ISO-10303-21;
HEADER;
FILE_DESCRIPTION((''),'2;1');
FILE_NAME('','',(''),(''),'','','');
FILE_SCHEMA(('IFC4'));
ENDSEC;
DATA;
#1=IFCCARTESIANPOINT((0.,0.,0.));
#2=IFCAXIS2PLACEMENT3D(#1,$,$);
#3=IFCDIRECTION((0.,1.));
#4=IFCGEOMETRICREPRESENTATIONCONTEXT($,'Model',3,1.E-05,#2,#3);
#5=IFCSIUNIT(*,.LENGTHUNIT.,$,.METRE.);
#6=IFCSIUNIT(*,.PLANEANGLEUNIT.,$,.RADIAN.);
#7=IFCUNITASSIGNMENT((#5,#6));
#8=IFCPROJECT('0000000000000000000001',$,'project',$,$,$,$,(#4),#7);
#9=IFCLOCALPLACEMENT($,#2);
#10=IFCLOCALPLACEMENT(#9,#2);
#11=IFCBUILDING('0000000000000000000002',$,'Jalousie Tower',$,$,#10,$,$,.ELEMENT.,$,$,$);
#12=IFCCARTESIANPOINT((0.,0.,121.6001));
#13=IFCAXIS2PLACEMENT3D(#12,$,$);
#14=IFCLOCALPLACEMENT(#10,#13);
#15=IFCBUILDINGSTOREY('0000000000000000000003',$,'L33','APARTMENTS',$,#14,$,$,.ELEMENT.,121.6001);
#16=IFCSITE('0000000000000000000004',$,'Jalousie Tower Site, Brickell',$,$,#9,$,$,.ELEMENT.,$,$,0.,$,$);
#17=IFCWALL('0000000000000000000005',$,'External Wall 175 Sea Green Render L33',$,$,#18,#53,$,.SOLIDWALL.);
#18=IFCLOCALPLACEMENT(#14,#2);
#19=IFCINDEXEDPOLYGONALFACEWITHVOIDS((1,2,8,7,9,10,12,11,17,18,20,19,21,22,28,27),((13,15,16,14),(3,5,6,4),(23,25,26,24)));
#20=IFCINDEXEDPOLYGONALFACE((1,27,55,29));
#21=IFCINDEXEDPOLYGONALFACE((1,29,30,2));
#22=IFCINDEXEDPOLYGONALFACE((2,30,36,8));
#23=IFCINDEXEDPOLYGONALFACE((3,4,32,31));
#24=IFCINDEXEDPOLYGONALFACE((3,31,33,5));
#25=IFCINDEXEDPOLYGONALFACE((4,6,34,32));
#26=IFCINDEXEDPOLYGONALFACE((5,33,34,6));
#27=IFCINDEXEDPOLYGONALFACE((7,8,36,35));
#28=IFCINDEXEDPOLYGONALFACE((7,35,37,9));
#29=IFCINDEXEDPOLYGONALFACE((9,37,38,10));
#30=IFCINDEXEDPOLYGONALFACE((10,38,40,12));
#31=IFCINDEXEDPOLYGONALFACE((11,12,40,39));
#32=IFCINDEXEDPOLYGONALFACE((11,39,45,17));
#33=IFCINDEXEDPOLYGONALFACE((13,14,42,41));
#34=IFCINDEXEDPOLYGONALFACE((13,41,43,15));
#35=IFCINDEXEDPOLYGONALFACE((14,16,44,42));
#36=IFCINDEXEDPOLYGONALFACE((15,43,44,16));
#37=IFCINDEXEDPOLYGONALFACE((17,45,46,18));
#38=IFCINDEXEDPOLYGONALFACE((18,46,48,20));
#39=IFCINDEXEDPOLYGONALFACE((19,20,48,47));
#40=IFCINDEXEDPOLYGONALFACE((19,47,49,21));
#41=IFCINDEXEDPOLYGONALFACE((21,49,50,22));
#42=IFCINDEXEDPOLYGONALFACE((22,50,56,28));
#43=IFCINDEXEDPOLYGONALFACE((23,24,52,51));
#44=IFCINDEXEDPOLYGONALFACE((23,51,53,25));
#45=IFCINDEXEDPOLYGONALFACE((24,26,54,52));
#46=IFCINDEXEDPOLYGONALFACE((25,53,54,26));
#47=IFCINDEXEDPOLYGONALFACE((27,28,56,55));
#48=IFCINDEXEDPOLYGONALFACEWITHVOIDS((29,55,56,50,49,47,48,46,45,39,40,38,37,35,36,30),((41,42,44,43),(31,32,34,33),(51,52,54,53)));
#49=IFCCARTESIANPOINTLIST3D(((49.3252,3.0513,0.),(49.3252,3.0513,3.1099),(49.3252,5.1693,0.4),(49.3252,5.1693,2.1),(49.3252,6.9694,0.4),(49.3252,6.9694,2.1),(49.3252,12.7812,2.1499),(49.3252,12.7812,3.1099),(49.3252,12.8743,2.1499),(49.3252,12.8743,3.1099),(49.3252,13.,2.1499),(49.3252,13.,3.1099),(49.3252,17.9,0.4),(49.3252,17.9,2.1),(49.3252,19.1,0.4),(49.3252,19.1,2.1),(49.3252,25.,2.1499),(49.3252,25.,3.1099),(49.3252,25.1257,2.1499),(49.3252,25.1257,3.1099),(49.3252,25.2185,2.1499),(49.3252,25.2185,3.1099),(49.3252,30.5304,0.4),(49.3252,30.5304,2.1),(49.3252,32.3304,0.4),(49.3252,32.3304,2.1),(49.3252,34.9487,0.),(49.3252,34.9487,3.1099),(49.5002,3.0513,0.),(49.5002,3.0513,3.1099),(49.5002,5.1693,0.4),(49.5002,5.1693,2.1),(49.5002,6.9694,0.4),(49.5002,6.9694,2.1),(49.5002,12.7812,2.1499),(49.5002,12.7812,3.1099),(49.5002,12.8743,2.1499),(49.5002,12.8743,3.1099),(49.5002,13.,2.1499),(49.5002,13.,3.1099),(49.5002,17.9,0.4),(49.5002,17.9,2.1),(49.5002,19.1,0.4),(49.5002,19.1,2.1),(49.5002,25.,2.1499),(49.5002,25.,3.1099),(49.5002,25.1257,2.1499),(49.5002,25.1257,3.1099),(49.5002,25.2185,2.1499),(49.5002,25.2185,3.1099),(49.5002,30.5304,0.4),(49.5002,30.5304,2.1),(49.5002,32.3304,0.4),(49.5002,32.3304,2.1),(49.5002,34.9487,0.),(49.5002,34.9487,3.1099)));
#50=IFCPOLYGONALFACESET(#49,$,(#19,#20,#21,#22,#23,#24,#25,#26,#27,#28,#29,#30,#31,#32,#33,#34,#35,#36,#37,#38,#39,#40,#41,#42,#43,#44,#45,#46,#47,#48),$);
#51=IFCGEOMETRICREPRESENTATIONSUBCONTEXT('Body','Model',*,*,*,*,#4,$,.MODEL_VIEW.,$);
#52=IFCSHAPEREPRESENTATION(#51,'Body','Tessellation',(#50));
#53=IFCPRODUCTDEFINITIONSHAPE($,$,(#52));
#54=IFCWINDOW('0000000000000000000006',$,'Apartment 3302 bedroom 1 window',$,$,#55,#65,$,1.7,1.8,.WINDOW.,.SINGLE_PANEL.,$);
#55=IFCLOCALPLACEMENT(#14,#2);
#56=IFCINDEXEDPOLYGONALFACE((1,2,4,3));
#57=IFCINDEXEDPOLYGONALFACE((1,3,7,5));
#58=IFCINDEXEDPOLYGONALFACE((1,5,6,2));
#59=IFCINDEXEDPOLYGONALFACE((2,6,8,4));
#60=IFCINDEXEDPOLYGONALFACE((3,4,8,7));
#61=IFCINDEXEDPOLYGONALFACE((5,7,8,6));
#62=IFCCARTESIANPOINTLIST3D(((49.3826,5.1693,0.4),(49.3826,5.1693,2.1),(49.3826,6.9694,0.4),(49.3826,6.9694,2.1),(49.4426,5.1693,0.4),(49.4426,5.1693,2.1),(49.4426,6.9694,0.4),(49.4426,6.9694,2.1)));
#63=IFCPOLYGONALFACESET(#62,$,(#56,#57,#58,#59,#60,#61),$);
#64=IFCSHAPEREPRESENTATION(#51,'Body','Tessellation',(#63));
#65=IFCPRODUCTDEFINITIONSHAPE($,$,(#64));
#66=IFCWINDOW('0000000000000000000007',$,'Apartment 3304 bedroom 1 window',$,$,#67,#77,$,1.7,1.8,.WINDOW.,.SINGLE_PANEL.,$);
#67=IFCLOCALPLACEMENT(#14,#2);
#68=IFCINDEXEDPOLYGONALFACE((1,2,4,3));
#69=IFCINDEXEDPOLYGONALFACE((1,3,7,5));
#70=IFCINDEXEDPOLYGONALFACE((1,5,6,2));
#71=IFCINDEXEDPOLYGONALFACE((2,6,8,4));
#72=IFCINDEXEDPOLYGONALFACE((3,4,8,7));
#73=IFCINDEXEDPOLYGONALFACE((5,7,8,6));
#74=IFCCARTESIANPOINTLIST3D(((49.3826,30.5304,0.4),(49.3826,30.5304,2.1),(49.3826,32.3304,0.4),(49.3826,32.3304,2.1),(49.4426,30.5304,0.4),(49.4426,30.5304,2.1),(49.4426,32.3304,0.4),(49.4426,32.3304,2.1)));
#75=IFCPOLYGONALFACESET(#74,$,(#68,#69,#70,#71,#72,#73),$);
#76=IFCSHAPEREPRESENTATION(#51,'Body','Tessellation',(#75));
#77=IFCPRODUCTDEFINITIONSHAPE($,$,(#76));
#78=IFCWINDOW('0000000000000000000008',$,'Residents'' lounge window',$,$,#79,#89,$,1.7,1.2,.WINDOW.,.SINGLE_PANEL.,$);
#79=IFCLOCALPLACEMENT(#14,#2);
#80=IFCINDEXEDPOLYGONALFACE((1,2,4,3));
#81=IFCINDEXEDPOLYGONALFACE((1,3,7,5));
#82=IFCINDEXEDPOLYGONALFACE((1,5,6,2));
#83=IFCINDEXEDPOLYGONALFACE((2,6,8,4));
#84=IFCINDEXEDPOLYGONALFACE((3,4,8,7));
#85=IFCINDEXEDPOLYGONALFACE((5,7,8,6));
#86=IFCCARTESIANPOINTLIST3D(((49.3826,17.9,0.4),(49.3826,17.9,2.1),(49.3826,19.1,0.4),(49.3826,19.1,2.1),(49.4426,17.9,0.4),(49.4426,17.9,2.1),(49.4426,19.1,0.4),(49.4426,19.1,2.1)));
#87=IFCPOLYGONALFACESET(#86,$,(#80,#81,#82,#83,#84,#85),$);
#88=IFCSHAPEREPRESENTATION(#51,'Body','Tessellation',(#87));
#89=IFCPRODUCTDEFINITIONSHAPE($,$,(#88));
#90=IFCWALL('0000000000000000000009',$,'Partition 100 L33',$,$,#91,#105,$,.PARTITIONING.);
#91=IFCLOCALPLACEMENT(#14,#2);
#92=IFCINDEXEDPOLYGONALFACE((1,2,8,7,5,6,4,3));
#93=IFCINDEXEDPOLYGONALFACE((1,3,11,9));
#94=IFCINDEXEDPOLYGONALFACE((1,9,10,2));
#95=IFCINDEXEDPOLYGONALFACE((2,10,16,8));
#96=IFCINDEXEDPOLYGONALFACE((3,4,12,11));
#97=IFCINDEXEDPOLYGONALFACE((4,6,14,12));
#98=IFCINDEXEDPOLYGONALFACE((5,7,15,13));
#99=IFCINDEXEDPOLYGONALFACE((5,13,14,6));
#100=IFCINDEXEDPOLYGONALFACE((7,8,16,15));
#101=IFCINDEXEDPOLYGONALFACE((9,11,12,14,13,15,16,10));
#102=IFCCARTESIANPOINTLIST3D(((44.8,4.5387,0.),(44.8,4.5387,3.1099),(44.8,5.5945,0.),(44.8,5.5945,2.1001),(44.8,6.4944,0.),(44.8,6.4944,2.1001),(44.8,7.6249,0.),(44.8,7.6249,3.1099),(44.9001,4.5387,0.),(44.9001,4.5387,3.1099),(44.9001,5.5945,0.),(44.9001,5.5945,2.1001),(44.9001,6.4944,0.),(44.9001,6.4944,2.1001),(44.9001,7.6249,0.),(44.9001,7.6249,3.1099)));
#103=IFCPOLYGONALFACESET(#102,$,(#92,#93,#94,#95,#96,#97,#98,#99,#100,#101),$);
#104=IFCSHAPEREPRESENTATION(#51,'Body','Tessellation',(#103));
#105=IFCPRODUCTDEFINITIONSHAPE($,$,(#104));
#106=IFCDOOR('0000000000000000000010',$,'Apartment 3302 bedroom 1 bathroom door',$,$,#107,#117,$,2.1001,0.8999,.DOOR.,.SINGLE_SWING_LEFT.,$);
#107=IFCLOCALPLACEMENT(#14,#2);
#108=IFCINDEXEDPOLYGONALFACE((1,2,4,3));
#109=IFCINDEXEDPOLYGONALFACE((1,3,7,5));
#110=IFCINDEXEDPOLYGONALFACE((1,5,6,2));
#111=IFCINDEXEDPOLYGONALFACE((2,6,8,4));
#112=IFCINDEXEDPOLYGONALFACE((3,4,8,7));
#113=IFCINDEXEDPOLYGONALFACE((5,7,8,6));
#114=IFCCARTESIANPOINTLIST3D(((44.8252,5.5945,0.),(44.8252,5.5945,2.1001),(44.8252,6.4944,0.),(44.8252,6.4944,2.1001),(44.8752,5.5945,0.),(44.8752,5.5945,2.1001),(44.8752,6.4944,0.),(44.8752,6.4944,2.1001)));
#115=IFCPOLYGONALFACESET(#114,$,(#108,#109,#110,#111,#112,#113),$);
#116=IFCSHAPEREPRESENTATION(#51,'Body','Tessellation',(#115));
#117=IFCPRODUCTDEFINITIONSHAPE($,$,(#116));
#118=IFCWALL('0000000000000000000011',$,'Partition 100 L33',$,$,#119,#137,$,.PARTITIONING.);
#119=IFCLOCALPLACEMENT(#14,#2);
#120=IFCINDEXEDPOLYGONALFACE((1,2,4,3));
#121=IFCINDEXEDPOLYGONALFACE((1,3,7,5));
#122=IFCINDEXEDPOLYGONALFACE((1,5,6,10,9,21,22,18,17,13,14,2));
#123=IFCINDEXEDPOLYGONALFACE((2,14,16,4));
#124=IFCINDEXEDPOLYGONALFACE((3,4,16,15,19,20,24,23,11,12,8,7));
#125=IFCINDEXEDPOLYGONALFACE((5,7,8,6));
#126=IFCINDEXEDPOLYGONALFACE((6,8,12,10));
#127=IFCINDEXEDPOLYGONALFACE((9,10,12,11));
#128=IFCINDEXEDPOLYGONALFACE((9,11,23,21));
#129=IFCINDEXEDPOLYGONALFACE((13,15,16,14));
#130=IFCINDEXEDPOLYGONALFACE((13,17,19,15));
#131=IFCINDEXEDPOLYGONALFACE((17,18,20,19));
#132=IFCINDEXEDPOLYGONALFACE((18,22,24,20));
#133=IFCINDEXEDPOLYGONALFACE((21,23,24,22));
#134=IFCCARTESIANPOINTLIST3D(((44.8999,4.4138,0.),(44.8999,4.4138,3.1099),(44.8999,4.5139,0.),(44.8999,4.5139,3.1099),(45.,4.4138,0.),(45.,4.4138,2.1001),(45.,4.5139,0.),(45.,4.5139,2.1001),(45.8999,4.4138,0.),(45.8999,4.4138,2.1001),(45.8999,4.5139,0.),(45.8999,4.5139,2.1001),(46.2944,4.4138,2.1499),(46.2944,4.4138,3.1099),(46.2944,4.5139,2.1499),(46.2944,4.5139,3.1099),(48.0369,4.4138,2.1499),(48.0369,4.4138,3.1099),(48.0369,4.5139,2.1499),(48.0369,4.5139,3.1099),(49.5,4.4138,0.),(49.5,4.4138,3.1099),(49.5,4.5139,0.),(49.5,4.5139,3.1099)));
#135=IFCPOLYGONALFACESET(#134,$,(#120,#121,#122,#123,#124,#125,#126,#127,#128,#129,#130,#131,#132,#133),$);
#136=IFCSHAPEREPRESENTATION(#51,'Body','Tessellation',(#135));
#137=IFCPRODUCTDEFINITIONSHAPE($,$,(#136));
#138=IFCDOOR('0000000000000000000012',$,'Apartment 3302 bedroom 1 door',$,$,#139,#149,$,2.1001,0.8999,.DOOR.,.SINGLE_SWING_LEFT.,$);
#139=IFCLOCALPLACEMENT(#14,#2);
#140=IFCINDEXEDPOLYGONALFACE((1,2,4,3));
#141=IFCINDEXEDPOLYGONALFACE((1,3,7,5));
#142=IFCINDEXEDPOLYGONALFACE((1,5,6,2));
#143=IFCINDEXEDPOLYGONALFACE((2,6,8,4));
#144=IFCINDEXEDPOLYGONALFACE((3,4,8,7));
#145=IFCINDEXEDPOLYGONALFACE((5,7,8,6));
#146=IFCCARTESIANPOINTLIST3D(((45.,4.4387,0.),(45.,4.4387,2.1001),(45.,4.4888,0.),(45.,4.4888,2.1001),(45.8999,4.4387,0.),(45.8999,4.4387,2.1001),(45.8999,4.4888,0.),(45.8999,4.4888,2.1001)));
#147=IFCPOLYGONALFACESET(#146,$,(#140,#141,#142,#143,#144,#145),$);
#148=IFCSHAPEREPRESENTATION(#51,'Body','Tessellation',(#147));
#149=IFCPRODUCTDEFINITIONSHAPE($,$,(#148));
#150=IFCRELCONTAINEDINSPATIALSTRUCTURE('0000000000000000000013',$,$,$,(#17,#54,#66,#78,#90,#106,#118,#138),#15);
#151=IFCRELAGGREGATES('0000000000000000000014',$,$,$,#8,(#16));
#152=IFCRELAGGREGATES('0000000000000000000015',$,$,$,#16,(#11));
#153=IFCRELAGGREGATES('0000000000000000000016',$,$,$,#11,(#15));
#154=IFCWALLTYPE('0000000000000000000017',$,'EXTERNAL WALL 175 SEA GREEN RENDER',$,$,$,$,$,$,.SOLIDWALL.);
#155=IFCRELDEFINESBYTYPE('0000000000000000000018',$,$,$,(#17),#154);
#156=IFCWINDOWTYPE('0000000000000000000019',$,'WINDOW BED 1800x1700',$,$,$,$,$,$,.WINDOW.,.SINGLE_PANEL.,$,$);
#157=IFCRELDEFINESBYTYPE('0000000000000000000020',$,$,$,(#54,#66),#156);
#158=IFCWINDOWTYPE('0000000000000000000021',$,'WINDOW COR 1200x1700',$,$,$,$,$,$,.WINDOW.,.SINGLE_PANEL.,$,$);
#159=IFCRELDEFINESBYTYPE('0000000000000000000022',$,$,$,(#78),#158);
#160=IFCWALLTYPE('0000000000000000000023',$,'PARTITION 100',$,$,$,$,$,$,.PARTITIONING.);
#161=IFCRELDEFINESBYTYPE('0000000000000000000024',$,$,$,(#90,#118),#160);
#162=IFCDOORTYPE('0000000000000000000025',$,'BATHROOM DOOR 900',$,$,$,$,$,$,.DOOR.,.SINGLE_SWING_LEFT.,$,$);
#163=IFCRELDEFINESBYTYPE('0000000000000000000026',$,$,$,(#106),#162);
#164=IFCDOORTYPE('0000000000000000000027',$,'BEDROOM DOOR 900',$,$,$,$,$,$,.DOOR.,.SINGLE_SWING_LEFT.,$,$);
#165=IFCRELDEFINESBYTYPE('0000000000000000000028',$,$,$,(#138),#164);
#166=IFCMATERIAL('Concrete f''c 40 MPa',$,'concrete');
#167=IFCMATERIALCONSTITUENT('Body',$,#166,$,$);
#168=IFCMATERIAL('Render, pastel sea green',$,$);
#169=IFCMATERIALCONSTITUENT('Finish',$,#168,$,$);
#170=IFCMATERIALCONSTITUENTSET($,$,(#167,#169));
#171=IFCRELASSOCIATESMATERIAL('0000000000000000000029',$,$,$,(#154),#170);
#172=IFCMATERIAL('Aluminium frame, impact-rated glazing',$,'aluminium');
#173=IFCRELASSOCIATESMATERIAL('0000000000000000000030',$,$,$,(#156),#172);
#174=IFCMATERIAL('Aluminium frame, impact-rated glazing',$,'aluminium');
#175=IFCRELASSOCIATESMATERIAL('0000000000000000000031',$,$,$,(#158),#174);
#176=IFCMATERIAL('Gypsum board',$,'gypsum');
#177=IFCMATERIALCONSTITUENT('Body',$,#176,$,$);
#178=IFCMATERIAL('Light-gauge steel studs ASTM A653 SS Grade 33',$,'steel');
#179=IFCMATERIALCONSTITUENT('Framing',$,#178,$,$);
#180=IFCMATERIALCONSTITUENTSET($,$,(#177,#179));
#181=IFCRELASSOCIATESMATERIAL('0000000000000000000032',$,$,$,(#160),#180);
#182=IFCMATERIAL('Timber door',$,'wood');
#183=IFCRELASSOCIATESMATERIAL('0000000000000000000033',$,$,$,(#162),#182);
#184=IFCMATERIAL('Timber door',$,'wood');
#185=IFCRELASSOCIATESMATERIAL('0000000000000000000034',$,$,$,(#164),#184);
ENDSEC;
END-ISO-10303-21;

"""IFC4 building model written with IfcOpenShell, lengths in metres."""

from ifc_helpers import new_model, si_unit, direction, frame, frame_2d, origin, place, context, subcontext, project, spatial, polyline, rectangle, outline, extrude, material, constituent, constituent_set, type_object, element, fill, save


model = new_model("IFC4")

# Units and contexts
model_context = context("Model", 3, precision=1e-05, world=origin(), true_north=direction((0.0, 1.0)))
body_context = subcontext(model_context, "Body", "Model", "MODEL_VIEW")
ifc_project = project(units=[si_unit("LENGTHUNIT", "METRE"), si_unit("PLANEANGLEUNIT", "RADIAN")], contexts=[model_context])

# Site, building, storey
site_placement = place(None, origin())
site = spatial("IfcSite", under=ifc_project, at=site_placement, Name="Jalousie Tower Site, Brickell", CompositionType="ELEMENT", RefElevation=0.0)
building_placement = place(site_placement, origin())
building = spatial("IfcBuilding", under=site, at=building_placement, Name="Jalousie Tower", CompositionType="ELEMENT")
storey_placement = place(building_placement, frame((0.0, 0.0, 121.6001)))
storey = spatial("IfcBuildingStorey", under=building, at=storey_placement, Name="L33", Description="APARTMENTS", CompositionType="ELEMENT", Elevation=121.6001)

# Wall, openings, windows
ifc_material_1 = material(Name="Concrete f'c 40 MPa", Category="concrete")
ifc_constituent_1 = constituent(ifc_material_1, Name="Body")
ifc_material_2 = material(Name="Render, pastel sea green")
ifc_constituent_2 = constituent(ifc_material_2, Name="Finish")
ifc_constituent_set_1 = constituent_set(constituents=[ifc_constituent_1, ifc_constituent_2])
wall_type_1 = type_object("IfcWallType", Name="EXTERNAL WALL 175 SEA GREEN RENDER", PredefinedType="SOLIDWALL", material=ifc_constituent_set_1)
wall_1_placement = place(storey_placement, frame((49.4126, 3.0513, 0.0), z_axis=(0.0, 0.0, 1.0), x_axis=(0.0, 1.0, 0.0)))
wall_1 = element("IfcWall", 1, at=wall_1_placement, inside=storey, type_object=wall_type_1, Name="External Wall 175 Sea Green Render L33", PredefinedType="SOLIDWALL", context=body_context, shape_type="SweptSolid", body=[
    extrude(outline(polyline([(0.0, 0.0), (31.8975, 0.0), (31.8975, 3.1099), (22.1672, 3.1099), (22.1672, 2.1499), (22.0745, 2.1499), (22.0745, 3.1099), (21.9487, 3.1099), (21.9487, 2.1499), (9.9487, 2.1499), (9.9487, 3.1099), (9.823, 3.1099), (9.823, 2.1499), (9.73, 2.1499), (9.73, 3.1099), (0.0, 3.1099), (0.0, 0.0)])), frame((0.0, 0.0874, 0.0), z_axis=(0.0, -1.0, 0.0), x_axis=(1.0, 0.0, 0.0)), (0.0, 0.0, 1.0), 0.175),
])
opening_1_placement = place(wall_1_placement, frame((2.1182, 0.0, 0.3999)))
opening_1 = element("IfcOpeningElement", 2, at=opening_1_placement, cuts=wall_1, PredefinedType="OPENING", context=body_context, shape_type="SweptSolid", body=[
    extrude(rectangle(XDim=1.8, YDim=1.7, at=frame_2d((0.8999, 0.8501))), frame((0.0, 0.0974, 0.0), z_axis=(0.0, -1.0, 0.0), x_axis=(1.0, 0.0, 0.0)), (0.0, 0.0, 1.0), 0.1951),
])
opening_2_placement = place(wall_1_placement, frame((14.8486, 0.0, 0.3999)))
opening_2 = element("IfcOpeningElement", 3, at=opening_2_placement, cuts=wall_1, PredefinedType="OPENING", context=body_context, shape_type="SweptSolid", body=[
    extrude(rectangle(XDim=1.2, YDim=1.7, at=frame_2d((0.6001, 0.8501))), frame((0.0, 0.0974, 0.0), z_axis=(0.0, -1.0, 0.0), x_axis=(1.0, 0.0, 0.0)), (0.0, 0.0, 1.0), 0.1951),
])
opening_3_placement = place(wall_1_placement, frame((27.4792, 0.0, 0.3999)))
opening_3 = element("IfcOpeningElement", 4, at=opening_3_placement, cuts=wall_1, PredefinedType="OPENING", context=body_context, shape_type="SweptSolid", body=[
    extrude(rectangle(XDim=1.8, YDim=1.7, at=frame_2d((0.8999, 0.8501))), frame((0.0, 0.0974, 0.0), z_axis=(0.0, -1.0, 0.0), x_axis=(1.0, 0.0, 0.0)), (0.0, 0.0, 1.0), 0.1951),
])
ifc_material_3 = material(Name="Aluminium frame, impact-rated glazing", Category="aluminium")
window_type_1 = type_object("IfcWindowType", Name="WINDOW BED 1800x1700", PartitioningType="SINGLE_PANEL", PredefinedType="WINDOW", material=ifc_material_3)
window_1_placement = place(opening_1_placement, origin())
window_1 = element("IfcWindow", 5, at=window_1_placement, inside=storey, type_object=window_type_1, Name="Apartment 3302 bedroom 1 window", OverallHeight=1.7, OverallWidth=1.8, PartitioningType="SINGLE_PANEL", PredefinedType="WINDOW", context=body_context, shape_type="SweptSolid", body=[
    extrude(rectangle(XDim=1.8, YDim=1.7, at=frame_2d((0.8999, 0.8501))), frame((0.0, 0.03, 0.0), z_axis=(0.0, -1.0, 0.0), x_axis=(1.0, 0.0, 0.0)), (0.0, 0.0, 1.0), 0.0601),
])
fill(opening_1, window_1)
window_2_placement = place(opening_3_placement, origin())
window_2 = element("IfcWindow", 6, at=window_2_placement, inside=storey, type_object=window_type_1, Name="Apartment 3304 bedroom 1 window", OverallHeight=1.7, OverallWidth=1.8, PartitioningType="SINGLE_PANEL", PredefinedType="WINDOW", context=body_context, shape_type="SweptSolid", body=[
    extrude(rectangle(XDim=1.8, YDim=1.7, at=frame_2d((0.8999, 0.8501))), frame((0.0, 0.03, 0.0), z_axis=(0.0, -1.0, 0.0), x_axis=(1.0, 0.0, 0.0)), (0.0, 0.0, 1.0), 0.0601),
])
fill(opening_3, window_2)
ifc_material_4 = material(Name="Aluminium frame, impact-rated glazing", Category="aluminium")
window_type_2 = type_object("IfcWindowType", Name="WINDOW COR 1200x1700", PartitioningType="SINGLE_PANEL", PredefinedType="WINDOW", material=ifc_material_4)
window_3_placement = place(opening_2_placement, origin())
window_3 = element("IfcWindow", 7, at=window_3_placement, inside=storey, type_object=window_type_2, Name="Residents' lounge window", OverallHeight=1.7, OverallWidth=1.2, PartitioningType="SINGLE_PANEL", PredefinedType="WINDOW", context=body_context, shape_type="SweptSolid", body=[
    extrude(rectangle(XDim=1.2, YDim=1.7, at=frame_2d((0.6001, 0.8501))), frame((0.0, 0.03, 0.0), z_axis=(0.0, -1.0, 0.0), x_axis=(1.0, 0.0, 0.0)), (0.0, 0.0, 1.0), 0.0601),
])
fill(opening_2, window_3)

# Walls, openings, doors
ifc_material_5 = material(Name="Gypsum board", Category="gypsum")
ifc_constituent_3 = constituent(ifc_material_5, Name="Body")
ifc_material_6 = material(Name="Light-gauge steel studs ASTM A653 SS Grade 33", Category="steel")
ifc_constituent_4 = constituent(ifc_material_6, Name="Framing")
ifc_constituent_set_2 = constituent_set(constituents=[ifc_constituent_3, ifc_constituent_4])
wall_type_2 = type_object("IfcWallType", Name="PARTITION 100", PredefinedType="PARTITIONING", material=ifc_constituent_set_2)
wall_2_placement = place(storey_placement, frame((44.8501, 4.5388, 0.0), z_axis=(0.0, 0.0, 1.0), x_axis=(0.0, 1.0, 0.0)))
wall_2 = element("IfcWall", 8, at=wall_2_placement, inside=storey, type_object=wall_type_2, Name="Partition 100 L33", PredefinedType="PARTITIONING", context=body_context, shape_type="SweptSolid", body=[
    extrude(rectangle(XDim=3.0862, YDim=0.1001, at=frame_2d((1.543, 0.0))), origin(), (0.0, 0.0, 1.0), 3.1099),
])
opening_4_placement = place(wall_2_placement, frame((1.0557, 0.0, 0.0)))
opening_4 = element("IfcOpeningElement", 9, at=opening_4_placement, cuts=wall_2, PredefinedType="OPENING", context=body_context, shape_type="SweptSolid", body=[
    extrude(rectangle(XDim=0.8999, YDim=2.1001, at=frame_2d((0.45, 1.05))), frame((0.0, 0.0601, 0.0), z_axis=(0.0, -1.0, 0.0), x_axis=(1.0, 0.0, 0.0)), (0.0, 0.0, 1.0), 0.1201),
])
ifc_material_7 = material(Name="Timber door", Category="wood")
door_type_1 = type_object("IfcDoorType", Name="BATHROOM DOOR 900", OperationType="SINGLE_SWING_LEFT", PredefinedType="DOOR", material=ifc_material_7)
door_1_placement = place(opening_4_placement, origin())
door_1 = element("IfcDoor", 10, at=door_1_placement, inside=storey, type_object=door_type_1, Name="Apartment 3302 bedroom 1 bathroom door", OperationType="SINGLE_SWING_LEFT", OverallHeight=2.1001, OverallWidth=0.8999, PredefinedType="DOOR", context=body_context, shape_type="SweptSolid", body=[
    extrude(rectangle(XDim=0.8999, YDim=2.1001, at=frame_2d((0.45, 1.05))), frame((0.0, 0.0249, 0.0), z_axis=(0.0, -1.0, 0.0), x_axis=(1.0, 0.0, 0.0)), (0.0, 0.0, 1.0), 0.05),
])
fill(opening_4, door_1)
wall_3_placement = place(storey_placement, frame((44.8999, 4.4639, 0.0), z_axis=(0.0, 0.0, 1.0), x_axis=(1.0, 0.0, 0.0)))
wall_3 = element("IfcWall", 11, at=wall_3_placement, inside=storey, type_object=wall_type_2, Name="Partition 100 L33", PredefinedType="PARTITIONING", context=body_context, shape_type="SweptSolid", body=[
    extrude(outline(polyline([(0.0, 0.0), (4.6001, 0.0), (4.6001, 3.1099), (3.137, 3.1099), (3.137, 2.1499), (1.3945, 2.1499), (1.3945, 3.1099), (0.0, 3.1099), (0.0, 0.0)])), frame((0.0, 0.05, 0.0), z_axis=(0.0, -1.0, 0.0), x_axis=(1.0, 0.0, 0.0)), (0.0, 0.0, 1.0), 0.1001),
])
opening_5_placement = place(wall_3_placement, frame((0.1001, 0.0, 0.0)))
opening_5 = element("IfcOpeningElement", 12, at=opening_5_placement, cuts=wall_3, PredefinedType="OPENING", context=body_context, shape_type="SweptSolid", body=[
    extrude(rectangle(XDim=0.8999, YDim=2.1001, at=frame_2d((0.45, 1.05))), frame((0.0, 0.0601, 0.0), z_axis=(0.0, -1.0, 0.0), x_axis=(1.0, 0.0, 0.0)), (0.0, 0.0, 1.0), 0.1201),
])
ifc_material_8 = material(Name="Timber door", Category="wood")
door_type_2 = type_object("IfcDoorType", Name="BEDROOM DOOR 900", OperationType="SINGLE_SWING_LEFT", PredefinedType="DOOR", material=ifc_material_8)
door_2_placement = place(opening_5_placement, origin())
door_2 = element("IfcDoor", 13, at=door_2_placement, inside=storey, type_object=door_type_2, Name="Apartment 3302 bedroom 1 door", OperationType="SINGLE_SWING_LEFT", OverallHeight=2.1001, OverallWidth=0.8999, PredefinedType="DOOR", context=body_context, shape_type="SweptSolid", body=[
    extrude(rectangle(XDim=0.8999, YDim=2.1001, at=frame_2d((0.45, 1.05))), frame((0.0, 0.0249, 0.0), z_axis=(0.0, -1.0, 0.0), x_axis=(1.0, 0.0, 0.0)), (0.0, 0.0, 1.0), 0.05),
])
fill(opening_5, door_2)

save(model, "model.ifc")
